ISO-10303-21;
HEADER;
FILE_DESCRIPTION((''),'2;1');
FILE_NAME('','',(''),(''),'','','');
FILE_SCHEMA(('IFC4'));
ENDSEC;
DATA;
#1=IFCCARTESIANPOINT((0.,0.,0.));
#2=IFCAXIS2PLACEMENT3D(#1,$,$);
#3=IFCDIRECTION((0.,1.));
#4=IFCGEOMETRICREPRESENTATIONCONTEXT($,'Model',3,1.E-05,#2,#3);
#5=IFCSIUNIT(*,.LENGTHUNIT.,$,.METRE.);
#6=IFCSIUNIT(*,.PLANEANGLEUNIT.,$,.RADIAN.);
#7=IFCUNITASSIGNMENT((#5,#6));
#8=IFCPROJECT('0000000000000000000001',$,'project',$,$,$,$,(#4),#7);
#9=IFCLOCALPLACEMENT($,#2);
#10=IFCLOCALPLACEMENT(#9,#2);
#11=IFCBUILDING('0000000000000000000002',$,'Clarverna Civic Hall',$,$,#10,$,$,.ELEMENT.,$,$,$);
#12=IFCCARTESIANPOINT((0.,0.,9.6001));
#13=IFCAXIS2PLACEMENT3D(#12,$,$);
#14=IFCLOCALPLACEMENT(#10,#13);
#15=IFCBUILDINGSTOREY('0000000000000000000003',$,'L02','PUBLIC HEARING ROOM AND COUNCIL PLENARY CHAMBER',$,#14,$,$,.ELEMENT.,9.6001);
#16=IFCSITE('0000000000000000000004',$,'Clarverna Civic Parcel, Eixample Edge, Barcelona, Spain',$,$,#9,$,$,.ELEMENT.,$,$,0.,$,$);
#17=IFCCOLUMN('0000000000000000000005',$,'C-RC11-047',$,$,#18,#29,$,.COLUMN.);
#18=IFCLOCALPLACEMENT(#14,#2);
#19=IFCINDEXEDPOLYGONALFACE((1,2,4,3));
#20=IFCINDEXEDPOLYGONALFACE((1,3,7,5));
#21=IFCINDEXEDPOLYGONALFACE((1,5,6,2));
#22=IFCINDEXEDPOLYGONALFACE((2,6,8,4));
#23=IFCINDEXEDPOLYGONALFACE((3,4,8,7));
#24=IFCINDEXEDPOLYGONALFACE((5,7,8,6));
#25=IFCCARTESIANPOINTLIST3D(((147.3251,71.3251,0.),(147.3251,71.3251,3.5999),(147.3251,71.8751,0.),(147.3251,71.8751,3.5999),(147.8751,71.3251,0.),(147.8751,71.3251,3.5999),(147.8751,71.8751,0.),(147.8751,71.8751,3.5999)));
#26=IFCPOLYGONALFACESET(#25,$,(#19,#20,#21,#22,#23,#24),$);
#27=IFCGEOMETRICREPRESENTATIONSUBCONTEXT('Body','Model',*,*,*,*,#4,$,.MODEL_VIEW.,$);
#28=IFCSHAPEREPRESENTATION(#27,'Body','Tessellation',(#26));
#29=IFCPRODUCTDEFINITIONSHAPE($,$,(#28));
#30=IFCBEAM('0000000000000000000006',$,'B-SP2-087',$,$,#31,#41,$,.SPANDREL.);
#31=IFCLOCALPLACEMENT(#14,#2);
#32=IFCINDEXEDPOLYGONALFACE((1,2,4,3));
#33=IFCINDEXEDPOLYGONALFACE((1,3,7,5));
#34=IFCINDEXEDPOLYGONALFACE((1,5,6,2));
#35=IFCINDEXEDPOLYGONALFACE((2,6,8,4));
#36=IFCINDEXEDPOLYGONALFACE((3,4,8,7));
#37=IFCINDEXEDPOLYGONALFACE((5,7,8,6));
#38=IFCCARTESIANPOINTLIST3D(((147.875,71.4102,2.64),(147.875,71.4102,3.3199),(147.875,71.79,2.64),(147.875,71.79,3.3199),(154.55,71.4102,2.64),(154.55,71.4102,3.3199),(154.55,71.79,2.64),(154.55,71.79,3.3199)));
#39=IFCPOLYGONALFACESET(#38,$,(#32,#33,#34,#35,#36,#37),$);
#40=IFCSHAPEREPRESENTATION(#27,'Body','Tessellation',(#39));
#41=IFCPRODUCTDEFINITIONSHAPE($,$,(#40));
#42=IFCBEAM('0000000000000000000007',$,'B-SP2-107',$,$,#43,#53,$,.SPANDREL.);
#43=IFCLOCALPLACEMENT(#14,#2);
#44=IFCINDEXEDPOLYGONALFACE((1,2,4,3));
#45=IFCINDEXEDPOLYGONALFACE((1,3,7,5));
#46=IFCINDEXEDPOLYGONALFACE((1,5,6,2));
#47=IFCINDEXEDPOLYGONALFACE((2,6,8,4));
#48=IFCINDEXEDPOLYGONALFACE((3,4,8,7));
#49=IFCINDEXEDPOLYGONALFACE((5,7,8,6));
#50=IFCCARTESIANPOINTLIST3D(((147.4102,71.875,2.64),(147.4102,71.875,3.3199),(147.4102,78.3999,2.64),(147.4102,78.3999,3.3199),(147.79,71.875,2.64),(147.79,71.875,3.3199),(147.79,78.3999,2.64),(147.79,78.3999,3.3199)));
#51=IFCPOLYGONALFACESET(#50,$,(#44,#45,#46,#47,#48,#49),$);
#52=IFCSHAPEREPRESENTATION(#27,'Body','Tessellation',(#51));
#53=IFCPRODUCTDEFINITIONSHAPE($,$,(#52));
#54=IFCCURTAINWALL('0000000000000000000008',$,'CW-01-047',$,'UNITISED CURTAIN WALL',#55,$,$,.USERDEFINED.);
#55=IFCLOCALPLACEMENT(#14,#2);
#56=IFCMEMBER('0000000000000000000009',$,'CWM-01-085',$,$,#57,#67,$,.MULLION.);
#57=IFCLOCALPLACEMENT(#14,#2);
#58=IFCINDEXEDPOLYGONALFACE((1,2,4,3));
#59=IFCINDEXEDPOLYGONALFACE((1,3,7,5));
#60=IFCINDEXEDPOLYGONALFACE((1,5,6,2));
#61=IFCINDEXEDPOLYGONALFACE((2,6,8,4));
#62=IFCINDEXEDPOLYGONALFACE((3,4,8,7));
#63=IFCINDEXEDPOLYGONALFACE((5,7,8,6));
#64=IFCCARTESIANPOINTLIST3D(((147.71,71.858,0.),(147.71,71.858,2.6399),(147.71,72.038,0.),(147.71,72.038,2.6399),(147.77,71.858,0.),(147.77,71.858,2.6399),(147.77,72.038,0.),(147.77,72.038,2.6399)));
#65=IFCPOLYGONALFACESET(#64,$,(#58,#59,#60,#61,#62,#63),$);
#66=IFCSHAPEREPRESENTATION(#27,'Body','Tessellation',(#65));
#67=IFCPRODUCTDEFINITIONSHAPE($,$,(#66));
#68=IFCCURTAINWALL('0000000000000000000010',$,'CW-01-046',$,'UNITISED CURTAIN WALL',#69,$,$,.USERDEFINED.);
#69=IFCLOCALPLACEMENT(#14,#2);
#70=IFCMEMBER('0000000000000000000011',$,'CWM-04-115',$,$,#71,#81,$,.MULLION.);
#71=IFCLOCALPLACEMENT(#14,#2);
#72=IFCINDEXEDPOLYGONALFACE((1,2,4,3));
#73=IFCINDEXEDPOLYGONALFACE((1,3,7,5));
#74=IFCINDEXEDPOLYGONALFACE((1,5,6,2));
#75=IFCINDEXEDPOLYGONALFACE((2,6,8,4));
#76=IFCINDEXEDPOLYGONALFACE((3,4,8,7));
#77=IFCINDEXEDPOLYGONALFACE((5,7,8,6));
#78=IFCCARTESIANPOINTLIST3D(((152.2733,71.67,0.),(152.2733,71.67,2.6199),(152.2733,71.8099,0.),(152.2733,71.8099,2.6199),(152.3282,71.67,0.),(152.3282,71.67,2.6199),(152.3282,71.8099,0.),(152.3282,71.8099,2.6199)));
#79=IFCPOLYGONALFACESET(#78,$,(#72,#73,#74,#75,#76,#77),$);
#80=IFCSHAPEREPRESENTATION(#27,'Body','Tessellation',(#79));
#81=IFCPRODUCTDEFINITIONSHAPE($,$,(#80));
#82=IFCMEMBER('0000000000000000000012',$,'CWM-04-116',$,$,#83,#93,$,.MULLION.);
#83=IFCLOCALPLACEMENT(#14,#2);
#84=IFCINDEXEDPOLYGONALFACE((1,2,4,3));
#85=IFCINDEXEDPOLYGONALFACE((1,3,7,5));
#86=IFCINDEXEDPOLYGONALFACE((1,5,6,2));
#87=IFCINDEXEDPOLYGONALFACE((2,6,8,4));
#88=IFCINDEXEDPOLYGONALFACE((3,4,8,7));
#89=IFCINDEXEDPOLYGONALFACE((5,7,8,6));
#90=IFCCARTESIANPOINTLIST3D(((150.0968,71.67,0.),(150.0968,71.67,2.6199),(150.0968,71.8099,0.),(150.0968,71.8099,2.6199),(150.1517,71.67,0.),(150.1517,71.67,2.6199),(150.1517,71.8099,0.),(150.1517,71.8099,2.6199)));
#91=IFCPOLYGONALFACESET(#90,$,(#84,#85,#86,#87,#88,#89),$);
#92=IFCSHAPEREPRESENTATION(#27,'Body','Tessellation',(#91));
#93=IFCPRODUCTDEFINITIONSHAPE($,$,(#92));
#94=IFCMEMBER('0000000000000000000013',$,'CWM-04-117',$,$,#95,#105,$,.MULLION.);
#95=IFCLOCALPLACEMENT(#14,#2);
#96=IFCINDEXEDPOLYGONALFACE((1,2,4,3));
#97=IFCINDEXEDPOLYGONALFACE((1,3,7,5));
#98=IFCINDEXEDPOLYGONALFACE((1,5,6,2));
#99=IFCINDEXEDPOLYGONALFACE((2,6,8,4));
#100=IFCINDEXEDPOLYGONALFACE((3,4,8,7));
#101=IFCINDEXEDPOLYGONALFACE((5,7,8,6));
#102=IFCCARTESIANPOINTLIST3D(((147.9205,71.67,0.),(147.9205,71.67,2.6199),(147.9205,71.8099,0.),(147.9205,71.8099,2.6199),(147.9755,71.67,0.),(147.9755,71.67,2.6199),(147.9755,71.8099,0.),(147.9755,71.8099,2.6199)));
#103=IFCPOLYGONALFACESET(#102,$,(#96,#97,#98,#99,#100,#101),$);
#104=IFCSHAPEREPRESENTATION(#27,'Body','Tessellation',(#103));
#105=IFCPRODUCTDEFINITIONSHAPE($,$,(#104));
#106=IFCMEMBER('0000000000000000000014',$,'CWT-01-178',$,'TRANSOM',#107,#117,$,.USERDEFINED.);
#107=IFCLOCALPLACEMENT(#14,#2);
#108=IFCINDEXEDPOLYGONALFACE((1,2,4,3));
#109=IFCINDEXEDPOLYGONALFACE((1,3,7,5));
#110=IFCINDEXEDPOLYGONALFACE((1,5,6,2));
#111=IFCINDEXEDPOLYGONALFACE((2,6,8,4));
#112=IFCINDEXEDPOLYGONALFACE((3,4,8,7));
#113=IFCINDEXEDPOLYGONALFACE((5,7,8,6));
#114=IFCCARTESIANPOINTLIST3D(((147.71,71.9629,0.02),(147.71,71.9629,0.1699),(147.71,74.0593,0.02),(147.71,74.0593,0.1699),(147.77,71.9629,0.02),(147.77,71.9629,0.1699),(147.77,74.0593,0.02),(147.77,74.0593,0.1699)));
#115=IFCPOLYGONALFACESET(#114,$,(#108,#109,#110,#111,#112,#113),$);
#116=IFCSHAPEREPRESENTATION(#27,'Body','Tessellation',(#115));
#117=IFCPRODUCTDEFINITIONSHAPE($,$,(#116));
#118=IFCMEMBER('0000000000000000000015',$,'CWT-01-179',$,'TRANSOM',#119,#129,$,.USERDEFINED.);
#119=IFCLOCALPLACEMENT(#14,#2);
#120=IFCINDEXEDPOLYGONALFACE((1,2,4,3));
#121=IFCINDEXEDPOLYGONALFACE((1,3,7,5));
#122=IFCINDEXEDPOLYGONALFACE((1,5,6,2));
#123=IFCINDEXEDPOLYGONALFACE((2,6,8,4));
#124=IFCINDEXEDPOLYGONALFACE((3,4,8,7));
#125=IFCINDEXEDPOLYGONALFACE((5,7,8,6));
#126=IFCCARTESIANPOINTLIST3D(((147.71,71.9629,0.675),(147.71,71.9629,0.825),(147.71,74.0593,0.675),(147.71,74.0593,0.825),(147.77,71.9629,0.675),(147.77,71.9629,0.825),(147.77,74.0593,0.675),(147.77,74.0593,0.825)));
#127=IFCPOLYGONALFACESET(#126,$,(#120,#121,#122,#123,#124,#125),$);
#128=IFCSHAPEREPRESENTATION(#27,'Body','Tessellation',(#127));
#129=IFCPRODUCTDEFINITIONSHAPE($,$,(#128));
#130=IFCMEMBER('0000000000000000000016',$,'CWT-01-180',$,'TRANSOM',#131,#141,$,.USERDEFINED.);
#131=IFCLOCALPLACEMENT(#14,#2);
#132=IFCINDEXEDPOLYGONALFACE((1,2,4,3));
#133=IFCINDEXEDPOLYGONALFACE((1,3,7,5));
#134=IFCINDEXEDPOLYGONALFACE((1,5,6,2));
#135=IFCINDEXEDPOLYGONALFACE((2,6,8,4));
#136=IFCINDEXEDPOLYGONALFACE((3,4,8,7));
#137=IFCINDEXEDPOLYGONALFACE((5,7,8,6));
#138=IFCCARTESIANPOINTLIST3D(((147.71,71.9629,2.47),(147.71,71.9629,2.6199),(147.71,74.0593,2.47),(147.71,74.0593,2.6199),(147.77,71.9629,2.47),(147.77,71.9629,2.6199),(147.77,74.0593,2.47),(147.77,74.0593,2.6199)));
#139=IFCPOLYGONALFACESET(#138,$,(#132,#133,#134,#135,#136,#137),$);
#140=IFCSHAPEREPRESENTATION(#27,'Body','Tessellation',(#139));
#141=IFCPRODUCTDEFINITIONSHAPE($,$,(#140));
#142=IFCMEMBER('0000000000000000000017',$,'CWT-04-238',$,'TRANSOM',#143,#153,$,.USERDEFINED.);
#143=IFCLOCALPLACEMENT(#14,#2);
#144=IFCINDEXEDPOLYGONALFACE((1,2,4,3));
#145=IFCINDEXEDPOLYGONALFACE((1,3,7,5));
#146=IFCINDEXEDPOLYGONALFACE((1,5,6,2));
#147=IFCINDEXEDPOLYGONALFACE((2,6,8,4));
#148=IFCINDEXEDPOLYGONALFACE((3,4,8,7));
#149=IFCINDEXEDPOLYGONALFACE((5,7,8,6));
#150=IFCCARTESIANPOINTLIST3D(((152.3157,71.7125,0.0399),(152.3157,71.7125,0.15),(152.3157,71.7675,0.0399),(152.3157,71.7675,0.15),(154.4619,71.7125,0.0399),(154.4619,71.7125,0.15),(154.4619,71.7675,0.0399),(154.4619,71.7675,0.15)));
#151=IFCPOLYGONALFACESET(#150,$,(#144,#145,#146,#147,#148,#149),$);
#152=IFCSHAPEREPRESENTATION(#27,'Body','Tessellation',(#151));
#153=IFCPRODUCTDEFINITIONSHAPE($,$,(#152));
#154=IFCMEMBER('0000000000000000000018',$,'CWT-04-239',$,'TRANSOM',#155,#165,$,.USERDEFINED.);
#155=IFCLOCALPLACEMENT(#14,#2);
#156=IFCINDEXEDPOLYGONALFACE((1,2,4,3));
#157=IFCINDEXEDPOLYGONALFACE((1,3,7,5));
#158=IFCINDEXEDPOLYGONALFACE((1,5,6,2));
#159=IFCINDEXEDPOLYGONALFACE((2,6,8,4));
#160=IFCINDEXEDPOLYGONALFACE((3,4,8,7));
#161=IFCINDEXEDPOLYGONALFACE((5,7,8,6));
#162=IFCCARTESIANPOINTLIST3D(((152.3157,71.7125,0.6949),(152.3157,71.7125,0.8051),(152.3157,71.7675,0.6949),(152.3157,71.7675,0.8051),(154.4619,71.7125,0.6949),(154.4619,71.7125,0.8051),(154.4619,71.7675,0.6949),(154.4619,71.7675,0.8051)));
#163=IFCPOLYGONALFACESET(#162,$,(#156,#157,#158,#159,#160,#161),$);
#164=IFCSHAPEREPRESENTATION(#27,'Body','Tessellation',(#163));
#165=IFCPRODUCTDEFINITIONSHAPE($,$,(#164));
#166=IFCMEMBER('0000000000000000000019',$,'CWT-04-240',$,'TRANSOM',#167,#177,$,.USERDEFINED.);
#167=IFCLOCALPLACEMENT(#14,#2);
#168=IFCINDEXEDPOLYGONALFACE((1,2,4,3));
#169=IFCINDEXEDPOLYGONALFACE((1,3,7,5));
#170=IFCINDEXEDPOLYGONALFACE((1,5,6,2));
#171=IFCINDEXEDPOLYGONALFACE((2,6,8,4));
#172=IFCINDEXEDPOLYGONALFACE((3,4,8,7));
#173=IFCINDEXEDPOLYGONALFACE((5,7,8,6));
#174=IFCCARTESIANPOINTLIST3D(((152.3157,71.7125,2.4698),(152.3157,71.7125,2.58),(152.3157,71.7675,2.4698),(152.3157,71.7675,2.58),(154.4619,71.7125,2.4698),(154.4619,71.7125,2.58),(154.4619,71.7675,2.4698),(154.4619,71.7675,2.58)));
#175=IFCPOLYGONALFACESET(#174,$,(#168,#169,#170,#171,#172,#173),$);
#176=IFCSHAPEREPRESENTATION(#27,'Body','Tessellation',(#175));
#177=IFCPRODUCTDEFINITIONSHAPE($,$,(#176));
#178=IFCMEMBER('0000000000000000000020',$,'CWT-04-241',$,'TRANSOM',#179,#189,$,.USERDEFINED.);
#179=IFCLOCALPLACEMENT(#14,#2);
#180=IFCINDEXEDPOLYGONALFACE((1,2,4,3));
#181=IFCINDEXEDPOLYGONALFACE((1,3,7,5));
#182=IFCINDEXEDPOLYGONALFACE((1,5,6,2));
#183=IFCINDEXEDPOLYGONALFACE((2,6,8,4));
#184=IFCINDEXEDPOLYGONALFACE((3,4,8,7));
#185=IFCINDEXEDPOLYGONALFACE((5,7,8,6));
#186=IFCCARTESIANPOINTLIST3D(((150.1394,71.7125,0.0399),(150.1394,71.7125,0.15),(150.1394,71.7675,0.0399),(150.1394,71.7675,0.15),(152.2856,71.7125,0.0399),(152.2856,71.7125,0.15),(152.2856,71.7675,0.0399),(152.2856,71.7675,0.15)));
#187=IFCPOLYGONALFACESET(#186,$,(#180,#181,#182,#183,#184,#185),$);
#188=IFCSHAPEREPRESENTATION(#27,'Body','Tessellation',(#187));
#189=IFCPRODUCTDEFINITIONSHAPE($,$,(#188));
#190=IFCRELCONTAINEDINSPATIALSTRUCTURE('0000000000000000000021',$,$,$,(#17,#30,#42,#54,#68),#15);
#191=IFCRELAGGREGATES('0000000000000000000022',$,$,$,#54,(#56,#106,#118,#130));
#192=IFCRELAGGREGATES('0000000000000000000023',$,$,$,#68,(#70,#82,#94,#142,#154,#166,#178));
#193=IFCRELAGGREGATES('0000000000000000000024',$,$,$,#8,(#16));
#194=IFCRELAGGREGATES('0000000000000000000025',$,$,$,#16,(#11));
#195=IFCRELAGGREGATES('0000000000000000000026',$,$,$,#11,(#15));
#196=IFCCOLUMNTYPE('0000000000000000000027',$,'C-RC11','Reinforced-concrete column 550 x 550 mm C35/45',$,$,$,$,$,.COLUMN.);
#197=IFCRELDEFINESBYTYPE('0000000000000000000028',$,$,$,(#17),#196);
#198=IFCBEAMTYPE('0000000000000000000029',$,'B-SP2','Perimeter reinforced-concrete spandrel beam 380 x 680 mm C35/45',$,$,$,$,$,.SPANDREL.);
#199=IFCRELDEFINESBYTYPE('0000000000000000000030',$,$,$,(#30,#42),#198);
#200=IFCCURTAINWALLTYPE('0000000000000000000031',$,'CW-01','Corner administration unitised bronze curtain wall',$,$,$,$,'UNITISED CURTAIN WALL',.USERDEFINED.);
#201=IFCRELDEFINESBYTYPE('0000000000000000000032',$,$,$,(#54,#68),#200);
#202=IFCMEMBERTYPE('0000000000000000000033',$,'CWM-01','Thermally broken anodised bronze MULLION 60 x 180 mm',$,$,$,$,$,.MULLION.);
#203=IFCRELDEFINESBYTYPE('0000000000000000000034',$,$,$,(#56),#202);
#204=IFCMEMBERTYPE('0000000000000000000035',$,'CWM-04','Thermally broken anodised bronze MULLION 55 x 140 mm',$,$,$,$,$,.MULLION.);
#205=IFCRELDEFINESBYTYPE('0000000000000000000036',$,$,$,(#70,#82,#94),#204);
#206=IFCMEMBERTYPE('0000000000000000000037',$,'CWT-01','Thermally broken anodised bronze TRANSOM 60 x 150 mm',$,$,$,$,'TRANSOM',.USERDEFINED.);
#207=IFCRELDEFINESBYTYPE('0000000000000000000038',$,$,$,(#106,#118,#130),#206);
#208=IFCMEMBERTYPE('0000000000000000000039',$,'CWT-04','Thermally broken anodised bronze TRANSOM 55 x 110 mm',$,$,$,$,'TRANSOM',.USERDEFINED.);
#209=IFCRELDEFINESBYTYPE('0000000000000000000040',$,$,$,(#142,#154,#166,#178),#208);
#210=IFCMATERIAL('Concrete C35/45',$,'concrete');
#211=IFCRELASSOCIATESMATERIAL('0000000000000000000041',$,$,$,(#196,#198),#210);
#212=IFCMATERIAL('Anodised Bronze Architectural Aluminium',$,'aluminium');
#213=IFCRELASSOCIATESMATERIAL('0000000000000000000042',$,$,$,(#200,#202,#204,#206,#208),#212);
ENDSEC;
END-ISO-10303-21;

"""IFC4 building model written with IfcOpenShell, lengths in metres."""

from ifc_helpers import new_model, si_unit, direction, frame, origin, origin_2d, place, context, subcontext, project, spatial, rectangle, extrude, material, material_profile, profile_set, type_object, element, aggregate, save


model = new_model("IFC4")

# Units and contexts
model_context = context("Model", 3, precision=1e-05, world=origin(), true_north=direction((0.0, 1.0)))
body_context = subcontext(model_context, "Body", "Model", "MODEL_VIEW")
ifc_project = project(units=[si_unit("LENGTHUNIT", "METRE"), si_unit("PLANEANGLEUNIT", "RADIAN")], contexts=[model_context])

# Site, building, storey
site_placement = place(None, origin())
site = spatial("IfcSite", under=ifc_project, at=site_placement, Name="Clarverna Civic Parcel, Eixample Edge, Barcelona, Spain", CompositionType="ELEMENT", RefElevation=0.0)
building_placement = place(site_placement, origin())
building = spatial("IfcBuilding", under=site, at=building_placement, Name="Clarverna Civic Hall", CompositionType="ELEMENT")
storey_placement = place(building_placement, frame((0.0, 0.0, 9.6001)))
storey = spatial("IfcBuildingStorey", under=building, at=storey_placement, Name="L02", Description="PUBLIC HEARING ROOM AND COUNCIL PLENARY CHAMBER", CompositionType="ELEMENT", Elevation=9.6001)

# Column
ifc_material_1 = material(Name="Concrete C35/45", Category="concrete")
ifc_material_profile_1 = material_profile(ifc_material_1, rectangle(XDim=0.55, YDim=0.55, at=origin_2d()), Name="RC 550x550")
ifc_profile_set_1 = profile_set([ifc_material_profile_1], Name="Concrete C35/45")
column_type = type_object("IfcColumnType", Name="C-RC11", Description="Reinforced-concrete column 550 x 550 mm C35/45", PredefinedType="COLUMN", material=ifc_profile_set_1)
column_placement = place(storey_placement, frame((147.6001, 71.6001, 0.0), z_axis=(0.0, 0.0, 1.0), x_axis=(1.0, 0.0, 0.0)))
element("IfcColumn", 1, at=column_placement, inside=storey, type_object=column_type, Name="C-RC11-047", PredefinedType="COLUMN", context=body_context, shape_type="SweptSolid", body=[
    extrude(rectangle(XDim=0.55, YDim=0.55, at=origin_2d()), origin(), (0.0, 0.0, 1.0), 3.5999),
])

# Beams
ifc_material_profile_2 = material_profile(ifc_material_1, rectangle(XDim=0.3799, YDim=0.6799, at=origin_2d()), Name="RC 380x680")
ifc_profile_set_2 = profile_set([ifc_material_profile_2], Name="Concrete C35/45")
beam_type_1 = type_object("IfcBeamType", Name="B-SP2", Description="Perimeter reinforced-concrete spandrel beam 380 x 680 mm C35/45", PredefinedType="SPANDREL", material=ifc_profile_set_2)
beam_1_placement = place(storey_placement, frame((147.875, 71.6001, 2.98), z_axis=(1.0, 0.0, 0.0), x_axis=(0.0, 1.0, 0.0)))
element("IfcBeam", 2, at=beam_1_placement, inside=storey, type_object=beam_type_1, Name="B-SP2-087", PredefinedType="SPANDREL", context=body_context, shape_type="SweptSolid", body=[
    extrude(rectangle(XDim=0.3799, YDim=0.6799, at=origin_2d()), origin(), (0.0, 0.0, 1.0), 6.675),
])
beam_2_placement = place(storey_placement, frame((147.6001, 71.875, 2.98), z_axis=(0.0, 1.0, 0.0), x_axis=(-1.0, 0.0, 0.0)))
element("IfcBeam", 3, at=beam_2_placement, inside=storey, type_object=beam_type_1, Name="B-SP2-107", PredefinedType="SPANDREL", context=body_context, shape_type="SweptSolid", body=[
    extrude(rectangle(XDim=0.3799, YDim=0.6799, at=origin_2d()), origin(), (0.0, 0.0, 1.0), 6.5249),
])

# Curtain wall, member
ifc_material_2 = material(Name="Anodised Bronze Architectural Aluminium", Category="aluminium")
curtain_wall_type = type_object("IfcCurtainWallType", Name="CW-01", Description="Corner administration unitised bronze curtain wall", ElementType="UNITISED CURTAIN WALL", PredefinedType="USERDEFINED", material=ifc_material_2)
curtain_wall_1_placement = place(storey_placement, origin())
curtain_wall_1 = element("IfcCurtainWall", 4, at=curtain_wall_1_placement, inside=storey, type_object=curtain_wall_type, Name="CW-01-047", ObjectType="UNITISED CURTAIN WALL", PredefinedType="USERDEFINED")
ifc_material_profile_3 = material_profile(ifc_material_2, rectangle(XDim=0.0601, YDim=0.1799, at=origin_2d()), Name="BRONZE 60x180")
ifc_profile_set_3 = profile_set([ifc_material_profile_3], Name="Anodised Bronze Architectural Aluminium")
member_type_1 = type_object("IfcMemberType", Name="CWM-01", Description="Thermally broken anodised bronze MULLION 60 x 180 mm", PredefinedType="MULLION", material=ifc_profile_set_3)
member_1_placement = place(storey_placement, frame((147.74, 71.948, 0.0), z_axis=(0.0, 0.0, 1.0), x_axis=(1.0, 0.0, 0.0)))
member_1 = element("IfcMember", 5, at=member_1_placement, type_object=member_type_1, Name="CWM-01-085", PredefinedType="MULLION", context=body_context, shape_type="SweptSolid", body=[
    extrude(rectangle(XDim=0.0601, YDim=0.1799, at=origin_2d()), origin(), (0.0, 0.0, 1.0), 2.6399),
])

# Curtain wall, members
curtain_wall_2_placement = place(storey_placement, origin())
curtain_wall_2 = element("IfcCurtainWall", 6, at=curtain_wall_2_placement, inside=storey, type_object=curtain_wall_type, Name="CW-01-046", ObjectType="UNITISED CURTAIN WALL", PredefinedType="USERDEFINED")
ifc_material_profile_4 = material_profile(ifc_material_2, rectangle(XDim=0.0549, YDim=0.1399, at=origin_2d()), Name="BRONZE 55x140")
ifc_profile_set_4 = profile_set([ifc_material_profile_4], Name="Anodised Bronze Architectural Aluminium")
member_type_2 = type_object("IfcMemberType", Name="CWM-04", Description="Thermally broken anodised bronze MULLION 55 x 140 mm", PredefinedType="MULLION", material=ifc_profile_set_4)
member_2_placement = place(storey_placement, frame((152.3008, 71.74, 0.0), z_axis=(0.0, 0.0, 1.0), x_axis=(1.0, 0.0, 0.0)))
member_2 = element("IfcMember", 7, at=member_2_placement, type_object=member_type_2, Name="CWM-04-115", PredefinedType="MULLION", context=body_context, shape_type="SweptSolid", body=[
    extrude(rectangle(XDim=0.0549, YDim=0.1399, at=origin_2d()), origin(), (0.0, 0.0, 1.0), 2.6199),
])
member_3_placement = place(storey_placement, frame((150.1243, 71.74, 0.0), z_axis=(0.0, 0.0, 1.0), x_axis=(1.0, 0.0, 0.0)))
member_3 = element("IfcMember", 8, at=member_3_placement, type_object=member_type_2, Name="CWM-04-116", PredefinedType="MULLION", context=body_context, shape_type="SweptSolid", body=[
    extrude(rectangle(XDim=0.0549, YDim=0.1399, at=origin_2d()), origin(), (0.0, 0.0, 1.0), 2.6199),
])
member_4_placement = place(storey_placement, frame((147.948, 71.74, 0.0), z_axis=(0.0, 0.0, 1.0), x_axis=(1.0, 0.0, 0.0)))
member_4 = element("IfcMember", 9, at=member_4_placement, type_object=member_type_2, Name="CWM-04-117", PredefinedType="MULLION", context=body_context, shape_type="SweptSolid", body=[
    extrude(rectangle(XDim=0.0549, YDim=0.1399, at=origin_2d()), origin(), (0.0, 0.0, 1.0), 2.6199),
])

# Members
ifc_material_profile_5 = material_profile(ifc_material_2, rectangle(XDim=0.0601, YDim=0.1499, at=origin_2d()), Name="BRONZE 60x150")
ifc_profile_set_5 = profile_set([ifc_material_profile_5], Name="Anodised Bronze Architectural Aluminium")
member_type_3 = type_object("IfcMemberType", Name="CWT-01", Description="Thermally broken anodised bronze TRANSOM 60 x 150 mm", ElementType="TRANSOM", PredefinedType="USERDEFINED", material=ifc_profile_set_5)
member_5_placement = place(storey_placement, frame((147.74, 71.9629, 0.095), z_axis=(0.0, 1.0, 0.0), x_axis=(-1.0, 0.0, 0.0)))
member_5 = element("IfcMember", 10, at=member_5_placement, type_object=member_type_3, Name="CWT-01-178", ObjectType="TRANSOM", PredefinedType="USERDEFINED", context=body_context, shape_type="SweptSolid", body=[
    extrude(rectangle(XDim=0.0601, YDim=0.1499, at=origin_2d()), origin(), (0.0, 0.0, 1.0), 2.0964),
])
member_6_placement = place(storey_placement, frame((147.74, 71.9629, 0.75), z_axis=(0.0, 1.0, 0.0), x_axis=(-1.0, 0.0, 0.0)))
member_6 = element("IfcMember", 11, at=member_6_placement, type_object=member_type_3, Name="CWT-01-179", ObjectType="TRANSOM", PredefinedType="USERDEFINED", context=body_context, shape_type="SweptSolid", body=[
    extrude(rectangle(XDim=0.0601, YDim=0.1499, at=origin_2d()), origin(), (0.0, 0.0, 1.0), 2.0964),
])
member_7_placement = place(storey_placement, frame((147.74, 71.9629, 2.5449), z_axis=(0.0, 1.0, 0.0), x_axis=(-1.0, 0.0, 0.0)))
member_7 = element("IfcMember", 12, at=member_7_placement, type_object=member_type_3, Name="CWT-01-180", ObjectType="TRANSOM", PredefinedType="USERDEFINED", context=body_context, shape_type="SweptSolid", body=[
    extrude(rectangle(XDim=0.0601, YDim=0.1499, at=origin_2d()), origin(), (0.0, 0.0, 1.0), 2.0964),
])
aggregate(curtain_wall_1, [member_1, member_5, member_6, member_7])
ifc_material_profile_6 = material_profile(ifc_material_2, rectangle(XDim=0.0549, YDim=0.1101, at=origin_2d()), Name="BRONZE 55x110")
ifc_profile_set_6 = profile_set([ifc_material_profile_6], Name="Anodised Bronze Architectural Aluminium")
member_type_4 = type_object("IfcMemberType", Name="CWT-04", Description="Thermally broken anodised bronze TRANSOM 55 x 110 mm", ElementType="TRANSOM", PredefinedType="USERDEFINED", material=ifc_profile_set_6)
member_8_placement = place(storey_placement, frame((154.4619, 71.74, 0.095), z_axis=(-1.0, 0.0, 0.0), x_axis=(0.0, -1.0, 0.0)))
member_8 = element("IfcMember", 13, at=member_8_placement, type_object=member_type_4, Name="CWT-04-238", ObjectType="TRANSOM", PredefinedType="USERDEFINED", context=body_context, shape_type="SweptSolid", body=[
    extrude(rectangle(XDim=0.0549, YDim=0.1101, at=origin_2d()), origin(), (0.0, 0.0, 1.0), 2.1462),
])
member_9_placement = place(storey_placement, frame((154.4619, 71.74, 0.75), z_axis=(-1.0, 0.0, 0.0), x_axis=(0.0, -1.0, 0.0)))
member_9 = element("IfcMember", 14, at=member_9_placement, type_object=member_type_4, Name="CWT-04-239", ObjectType="TRANSOM", PredefinedType="USERDEFINED", context=body_context, shape_type="SweptSolid", body=[
    extrude(rectangle(XDim=0.0549, YDim=0.1101, at=origin_2d()), origin(), (0.0, 0.0, 1.0), 2.1462),
])
member_10_placement = place(storey_placement, frame((154.4619, 71.74, 2.5249), z_axis=(-1.0, 0.0, 0.0), x_axis=(0.0, -1.0, 0.0)))
member_10 = element("IfcMember", 15, at=member_10_placement, type_object=member_type_4, Name="CWT-04-240", ObjectType="TRANSOM", PredefinedType="USERDEFINED", context=body_context, shape_type="SweptSolid", body=[
    extrude(rectangle(XDim=0.0549, YDim=0.1101, at=origin_2d()), origin(), (0.0, 0.0, 1.0), 2.1462),
])
member_11_placement = place(storey_placement, frame((152.2856, 71.74, 0.095), z_axis=(-1.0, 0.0, 0.0), x_axis=(0.0, -1.0, 0.0)))
member_11 = element("IfcMember", 16, at=member_11_placement, type_object=member_type_4, Name="CWT-04-241", ObjectType="TRANSOM", PredefinedType="USERDEFINED", context=body_context, shape_type="SweptSolid", body=[
    extrude(rectangle(XDim=0.0549, YDim=0.1101, at=origin_2d()), origin(), (0.0, 0.0, 1.0), 2.1462),
])

aggregate(curtain_wall_2, [member_2, member_3, member_4, member_8, member_9, member_10, member_11])

save(model, "model.ifc")
